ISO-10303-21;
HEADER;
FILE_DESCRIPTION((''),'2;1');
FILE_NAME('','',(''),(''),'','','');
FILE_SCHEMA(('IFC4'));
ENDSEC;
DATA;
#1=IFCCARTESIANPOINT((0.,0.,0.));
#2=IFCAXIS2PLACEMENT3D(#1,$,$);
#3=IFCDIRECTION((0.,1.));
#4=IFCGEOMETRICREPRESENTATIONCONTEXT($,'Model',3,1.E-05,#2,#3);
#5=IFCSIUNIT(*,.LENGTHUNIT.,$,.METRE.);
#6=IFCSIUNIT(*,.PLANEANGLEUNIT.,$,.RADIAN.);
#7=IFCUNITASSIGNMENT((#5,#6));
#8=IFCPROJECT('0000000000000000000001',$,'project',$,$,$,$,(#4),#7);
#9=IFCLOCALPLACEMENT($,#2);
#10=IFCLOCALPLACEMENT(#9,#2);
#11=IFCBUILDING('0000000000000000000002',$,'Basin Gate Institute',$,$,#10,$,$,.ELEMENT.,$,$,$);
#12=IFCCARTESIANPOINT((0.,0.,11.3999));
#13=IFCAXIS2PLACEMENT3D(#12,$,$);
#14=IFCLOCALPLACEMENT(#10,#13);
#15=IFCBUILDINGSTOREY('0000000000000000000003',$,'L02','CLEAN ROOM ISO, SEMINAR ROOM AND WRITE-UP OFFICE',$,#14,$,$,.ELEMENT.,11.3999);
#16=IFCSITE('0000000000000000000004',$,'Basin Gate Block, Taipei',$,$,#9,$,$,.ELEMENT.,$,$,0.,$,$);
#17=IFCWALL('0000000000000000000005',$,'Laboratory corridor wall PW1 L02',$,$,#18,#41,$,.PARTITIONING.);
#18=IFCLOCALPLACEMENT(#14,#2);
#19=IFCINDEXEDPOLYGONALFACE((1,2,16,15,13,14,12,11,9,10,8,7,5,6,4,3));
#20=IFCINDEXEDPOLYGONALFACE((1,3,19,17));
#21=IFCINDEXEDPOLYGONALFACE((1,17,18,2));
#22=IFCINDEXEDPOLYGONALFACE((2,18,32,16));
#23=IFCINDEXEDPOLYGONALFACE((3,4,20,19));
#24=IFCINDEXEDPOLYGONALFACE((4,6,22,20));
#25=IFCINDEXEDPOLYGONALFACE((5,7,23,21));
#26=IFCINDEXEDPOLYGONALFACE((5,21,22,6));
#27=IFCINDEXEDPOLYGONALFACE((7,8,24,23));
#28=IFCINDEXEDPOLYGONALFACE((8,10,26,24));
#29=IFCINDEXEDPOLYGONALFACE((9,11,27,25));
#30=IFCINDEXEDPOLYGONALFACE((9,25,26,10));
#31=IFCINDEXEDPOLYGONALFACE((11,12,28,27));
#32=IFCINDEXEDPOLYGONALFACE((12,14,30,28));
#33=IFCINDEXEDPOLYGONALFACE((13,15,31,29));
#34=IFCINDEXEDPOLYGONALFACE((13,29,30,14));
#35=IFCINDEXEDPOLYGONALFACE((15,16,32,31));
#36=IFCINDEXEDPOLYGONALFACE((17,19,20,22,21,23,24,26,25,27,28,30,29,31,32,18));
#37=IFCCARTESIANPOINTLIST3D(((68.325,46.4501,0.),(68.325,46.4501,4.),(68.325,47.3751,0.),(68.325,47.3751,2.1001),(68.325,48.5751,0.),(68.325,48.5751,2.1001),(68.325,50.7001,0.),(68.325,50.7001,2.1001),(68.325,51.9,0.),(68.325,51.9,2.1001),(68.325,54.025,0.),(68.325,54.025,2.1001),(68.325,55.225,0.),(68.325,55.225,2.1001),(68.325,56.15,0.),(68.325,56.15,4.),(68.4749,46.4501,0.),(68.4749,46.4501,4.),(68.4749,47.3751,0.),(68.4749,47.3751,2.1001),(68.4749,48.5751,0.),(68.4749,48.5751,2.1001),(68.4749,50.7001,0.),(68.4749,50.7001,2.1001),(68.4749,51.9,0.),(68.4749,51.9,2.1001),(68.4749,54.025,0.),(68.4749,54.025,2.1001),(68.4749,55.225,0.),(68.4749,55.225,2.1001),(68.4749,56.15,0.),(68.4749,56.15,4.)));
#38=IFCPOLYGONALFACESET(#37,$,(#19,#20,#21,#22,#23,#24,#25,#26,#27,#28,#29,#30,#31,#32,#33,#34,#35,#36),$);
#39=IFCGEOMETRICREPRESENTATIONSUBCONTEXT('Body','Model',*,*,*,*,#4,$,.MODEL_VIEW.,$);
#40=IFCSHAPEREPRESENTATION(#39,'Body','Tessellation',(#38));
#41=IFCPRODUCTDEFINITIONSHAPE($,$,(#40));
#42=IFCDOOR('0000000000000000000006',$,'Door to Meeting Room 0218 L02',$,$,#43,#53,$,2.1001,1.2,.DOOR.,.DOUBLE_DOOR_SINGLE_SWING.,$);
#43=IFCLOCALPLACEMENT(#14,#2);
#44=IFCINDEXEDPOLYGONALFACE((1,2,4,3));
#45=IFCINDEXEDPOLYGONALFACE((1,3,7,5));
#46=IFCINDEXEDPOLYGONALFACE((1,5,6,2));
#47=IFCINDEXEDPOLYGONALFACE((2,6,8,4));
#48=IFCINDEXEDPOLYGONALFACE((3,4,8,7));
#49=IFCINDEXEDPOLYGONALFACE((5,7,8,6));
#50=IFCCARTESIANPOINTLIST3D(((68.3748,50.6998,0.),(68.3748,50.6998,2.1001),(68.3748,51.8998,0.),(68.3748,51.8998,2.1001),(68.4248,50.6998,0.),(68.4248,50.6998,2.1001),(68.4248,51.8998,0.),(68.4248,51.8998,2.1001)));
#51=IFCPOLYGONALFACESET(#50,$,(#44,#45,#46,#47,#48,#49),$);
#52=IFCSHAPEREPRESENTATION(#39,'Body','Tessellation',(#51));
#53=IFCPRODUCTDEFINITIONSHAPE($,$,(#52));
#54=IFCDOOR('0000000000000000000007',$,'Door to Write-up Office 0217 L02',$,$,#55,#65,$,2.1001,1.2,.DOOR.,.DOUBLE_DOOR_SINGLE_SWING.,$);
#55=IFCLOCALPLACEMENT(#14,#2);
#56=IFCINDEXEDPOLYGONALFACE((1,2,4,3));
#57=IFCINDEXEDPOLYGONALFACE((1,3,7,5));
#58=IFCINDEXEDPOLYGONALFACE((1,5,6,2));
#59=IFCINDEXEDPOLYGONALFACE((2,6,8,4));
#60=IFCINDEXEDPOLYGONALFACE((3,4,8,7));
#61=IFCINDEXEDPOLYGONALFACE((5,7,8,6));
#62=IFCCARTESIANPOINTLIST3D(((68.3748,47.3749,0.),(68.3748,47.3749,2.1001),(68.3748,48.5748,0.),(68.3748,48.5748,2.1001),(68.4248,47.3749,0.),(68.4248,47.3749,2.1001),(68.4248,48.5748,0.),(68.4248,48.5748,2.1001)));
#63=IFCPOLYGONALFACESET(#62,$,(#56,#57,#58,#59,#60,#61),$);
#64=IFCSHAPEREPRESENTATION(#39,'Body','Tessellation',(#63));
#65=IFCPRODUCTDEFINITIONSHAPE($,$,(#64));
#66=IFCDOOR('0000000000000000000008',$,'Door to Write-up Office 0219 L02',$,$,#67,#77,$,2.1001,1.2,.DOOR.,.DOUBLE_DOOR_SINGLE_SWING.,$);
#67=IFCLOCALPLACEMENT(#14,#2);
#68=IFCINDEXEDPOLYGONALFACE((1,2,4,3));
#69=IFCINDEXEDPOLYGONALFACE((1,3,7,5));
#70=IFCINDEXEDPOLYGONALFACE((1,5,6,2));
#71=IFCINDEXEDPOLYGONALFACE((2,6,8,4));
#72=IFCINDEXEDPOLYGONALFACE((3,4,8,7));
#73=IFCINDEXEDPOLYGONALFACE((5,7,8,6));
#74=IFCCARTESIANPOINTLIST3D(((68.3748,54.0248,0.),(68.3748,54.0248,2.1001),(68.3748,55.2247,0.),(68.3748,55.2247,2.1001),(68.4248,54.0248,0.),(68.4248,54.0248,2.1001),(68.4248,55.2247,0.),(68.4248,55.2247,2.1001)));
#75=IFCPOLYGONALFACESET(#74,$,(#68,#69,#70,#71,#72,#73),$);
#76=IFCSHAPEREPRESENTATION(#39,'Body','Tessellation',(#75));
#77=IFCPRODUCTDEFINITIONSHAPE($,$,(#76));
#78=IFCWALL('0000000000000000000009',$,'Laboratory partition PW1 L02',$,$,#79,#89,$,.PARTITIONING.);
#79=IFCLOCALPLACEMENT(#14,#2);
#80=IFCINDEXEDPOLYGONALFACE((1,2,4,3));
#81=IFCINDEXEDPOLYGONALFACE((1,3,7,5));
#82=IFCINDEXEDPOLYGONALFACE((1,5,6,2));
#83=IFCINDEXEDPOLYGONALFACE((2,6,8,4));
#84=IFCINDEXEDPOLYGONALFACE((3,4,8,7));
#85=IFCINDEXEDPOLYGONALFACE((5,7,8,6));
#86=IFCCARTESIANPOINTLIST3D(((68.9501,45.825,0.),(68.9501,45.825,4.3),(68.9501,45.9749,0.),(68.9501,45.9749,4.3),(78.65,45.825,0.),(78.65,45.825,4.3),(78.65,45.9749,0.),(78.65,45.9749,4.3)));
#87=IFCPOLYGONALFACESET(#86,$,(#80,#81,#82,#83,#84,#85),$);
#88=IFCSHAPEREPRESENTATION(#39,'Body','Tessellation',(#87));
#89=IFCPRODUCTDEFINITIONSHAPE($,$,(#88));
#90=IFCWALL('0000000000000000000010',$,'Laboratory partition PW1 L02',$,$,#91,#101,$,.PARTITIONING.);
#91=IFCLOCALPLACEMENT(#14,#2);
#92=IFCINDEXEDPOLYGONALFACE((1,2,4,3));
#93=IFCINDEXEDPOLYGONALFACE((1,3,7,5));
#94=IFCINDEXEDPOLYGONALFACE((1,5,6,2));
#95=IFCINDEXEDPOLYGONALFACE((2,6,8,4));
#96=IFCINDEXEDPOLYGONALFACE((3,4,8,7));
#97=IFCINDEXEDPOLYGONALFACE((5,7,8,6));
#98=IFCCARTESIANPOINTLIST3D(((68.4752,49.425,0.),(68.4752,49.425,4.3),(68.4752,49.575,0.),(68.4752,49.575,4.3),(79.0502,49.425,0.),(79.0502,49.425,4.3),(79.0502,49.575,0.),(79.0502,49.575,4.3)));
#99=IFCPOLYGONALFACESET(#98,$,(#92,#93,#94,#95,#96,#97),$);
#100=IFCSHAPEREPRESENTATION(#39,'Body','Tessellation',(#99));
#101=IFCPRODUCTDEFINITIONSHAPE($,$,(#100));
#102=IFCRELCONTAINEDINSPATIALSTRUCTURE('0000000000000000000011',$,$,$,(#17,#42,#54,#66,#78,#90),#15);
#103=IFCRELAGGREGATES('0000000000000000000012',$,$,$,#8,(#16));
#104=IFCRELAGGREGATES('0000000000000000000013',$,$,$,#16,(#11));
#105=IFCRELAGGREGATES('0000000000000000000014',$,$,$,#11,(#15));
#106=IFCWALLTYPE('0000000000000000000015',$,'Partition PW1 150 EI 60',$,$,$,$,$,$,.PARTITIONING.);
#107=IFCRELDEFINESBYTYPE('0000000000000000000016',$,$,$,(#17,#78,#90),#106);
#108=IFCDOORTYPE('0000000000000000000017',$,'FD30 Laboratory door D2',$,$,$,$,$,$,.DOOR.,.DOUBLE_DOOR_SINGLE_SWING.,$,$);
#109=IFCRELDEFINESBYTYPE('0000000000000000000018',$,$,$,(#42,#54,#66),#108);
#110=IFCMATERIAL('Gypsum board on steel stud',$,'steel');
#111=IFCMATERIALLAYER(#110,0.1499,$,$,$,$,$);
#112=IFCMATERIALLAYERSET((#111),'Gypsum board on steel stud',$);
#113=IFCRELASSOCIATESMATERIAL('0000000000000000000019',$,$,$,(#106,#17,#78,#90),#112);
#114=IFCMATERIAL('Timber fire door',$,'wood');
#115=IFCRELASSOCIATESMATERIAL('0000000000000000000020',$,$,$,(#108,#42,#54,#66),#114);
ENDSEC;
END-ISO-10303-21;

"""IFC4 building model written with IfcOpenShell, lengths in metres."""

from ifc_helpers import new_model, si_unit, direction, frame, frame_2d, origin, place, context, subcontext, project, spatial, rectangle, extrude, material, layer, layer_set, type_object, element, fill, save


model = new_model("IFC4")

# Units and contexts
model_context = context("Model", 3, precision=1e-05, world=origin(), true_north=direction((0.0, 1.0)))
body_context = subcontext(model_context, "Body", "Model", "MODEL_VIEW")
ifc_project = project(units=[si_unit("LENGTHUNIT", "METRE"), si_unit("PLANEANGLEUNIT", "RADIAN")], contexts=[model_context])

# Site, building, storey
site_placement = place(None, origin())
site = spatial("IfcSite", under=ifc_project, at=site_placement, Name="Basin Gate Block, Taipei", CompositionType="ELEMENT", RefElevation=0.0)
building_placement = place(site_placement, origin())
building = spatial("IfcBuilding", under=site, at=building_placement, Name="Basin Gate Institute", CompositionType="ELEMENT")
storey_placement = place(building_placement, frame((0.0, 0.0, 11.3999)))
storey = spatial("IfcBuildingStorey", under=building, at=storey_placement, Name="L02", Description="CLEAN ROOM ISO, SEMINAR ROOM AND WRITE-UP OFFICE", CompositionType="ELEMENT", Elevation=11.3999)

# Wall, openings, doors
ifc_material_1 = material(Name="Gypsum board on steel stud", Category="steel")
ifc_layer_1 = layer(ifc_material_1, 0.1499)
ifc_layer_set_1 = layer_set([ifc_layer_1], Name="Gypsum board on steel stud")
wall_type = type_object("IfcWallType", Name="Partition PW1 150 EI 60", PredefinedType="PARTITIONING", material=ifc_layer_set_1)
wall_1_placement = place(storey_placement, frame((68.3999, 46.45, 0.0), z_axis=(0.0, 0.0, 1.0), x_axis=(0.0, 1.0, 0.0)))
wall_1 = element("IfcWall", 1, at=wall_1_placement, inside=storey, type_object=wall_type, material=ifc_layer_set_1, Name="Laboratory corridor wall PW1 L02", PredefinedType="PARTITIONING", context=body_context, shape_type="SweptSolid", body=[
    extrude(rectangle(XDim=9.7, YDim=0.1499, at=frame_2d((4.8501, 0.0))), origin(), (0.0, 0.0, 1.0), 4.0),
])
opening_1_placement = place(wall_1_placement, frame((4.25, 0.0, 0.0)))
opening_1 = element("IfcOpeningElement", 2, at=opening_1_placement, cuts=wall_1, PredefinedType="OPENING", context=body_context, shape_type="SweptSolid", body=[
    extrude(rectangle(XDim=1.2, YDim=2.1001, at=frame_2d((0.6001, 1.05))), frame((0.0, 0.085, 0.0), z_axis=(0.0, -1.0, 0.0), x_axis=(1.0, 0.0, 0.0)), (0.0, 0.0, 1.0), 0.1699),
])
opening_2_placement = place(wall_1_placement, frame((0.925, 0.0, 0.0)))
opening_2 = element("IfcOpeningElement", 3, at=opening_2_placement, cuts=wall_1, PredefinedType="OPENING", context=body_context, shape_type="SweptSolid", body=[
    extrude(rectangle(XDim=1.2, YDim=2.1001, at=frame_2d((0.6001, 1.05))), frame((0.0, 0.085, 0.0), z_axis=(0.0, -1.0, 0.0), x_axis=(1.0, 0.0, 0.0)), (0.0, 0.0, 1.0), 0.1699),
])
opening_3_placement = place(wall_1_placement, frame((7.575, 0.0, 0.0)))
opening_3 = element("IfcOpeningElement", 4, at=opening_3_placement, cuts=wall_1, PredefinedType="OPENING", context=body_context, shape_type="SweptSolid", body=[
    extrude(rectangle(XDim=1.2, YDim=2.1001, at=frame_2d((0.6001, 1.05))), frame((0.0, 0.085, 0.0), z_axis=(0.0, -1.0, 0.0), x_axis=(1.0, 0.0, 0.0)), (0.0, 0.0, 1.0), 0.1699),
])
ifc_material_2 = material(Name="Timber fire door", Category="wood")
door_type = type_object("IfcDoorType", Name="FD30 Laboratory door D2", OperationType="DOUBLE_DOOR_SINGLE_SWING", PredefinedType="DOOR", material=ifc_material_2)
door_1_placement = place(opening_1_placement, frame((1.2, 0.0, 0.0), z_axis=(0.0, 0.0, 1.0), x_axis=(-1.0, 0.0, 0.0)))
door_1 = element("IfcDoor", 5, at=door_1_placement, inside=storey, type_object=door_type, material=ifc_material_2, Name="Door to Meeting Room 0218 L02", OperationType="DOUBLE_DOOR_SINGLE_SWING", OverallHeight=2.1001, OverallWidth=1.2, PredefinedType="DOOR", context=body_context, shape_type="SweptSolid", body=[
    extrude(rectangle(XDim=1.2, YDim=2.1001, at=frame_2d((0.6001, 1.05))), frame((0.0, 0.0249, 0.0), z_axis=(0.0, -1.0, 0.0), x_axis=(1.0, 0.0, 0.0)), (0.0, 0.0, 1.0), 0.05),
])
fill(opening_1, door_1)
door_2_placement = place(opening_2_placement, frame((1.2, 0.0, 0.0), z_axis=(0.0, 0.0, 1.0), x_axis=(-1.0, 0.0, 0.0)))
door_2 = element("IfcDoor", 6, at=door_2_placement, inside=storey, type_object=door_type, material=ifc_material_2, Name="Door to Write-up Office 0217 L02", OperationType="DOUBLE_DOOR_SINGLE_SWING", OverallHeight=2.1001, OverallWidth=1.2, PredefinedType="DOOR", context=body_context, shape_type="SweptSolid", body=[
    extrude(rectangle(XDim=1.2, YDim=2.1001, at=frame_2d((0.6001, 1.05))), frame((0.0, 0.0249, 0.0), z_axis=(0.0, -1.0, 0.0), x_axis=(1.0, 0.0, 0.0)), (0.0, 0.0, 1.0), 0.05),
])
fill(opening_2, door_2)
door_3_placement = place(opening_3_placement, frame((1.2, 0.0, 0.0), z_axis=(0.0, 0.0, 1.0), x_axis=(-1.0, 0.0, 0.0)))
door_3 = element("IfcDoor", 7, at=door_3_placement, inside=storey, type_object=door_type, material=ifc_material_2, Name="Door to Write-up Office 0219 L02", OperationType="DOUBLE_DOOR_SINGLE_SWING", OverallHeight=2.1001, OverallWidth=1.2, PredefinedType="DOOR", context=body_context, shape_type="SweptSolid", body=[
    extrude(rectangle(XDim=1.2, YDim=2.1001, at=frame_2d((0.6001, 1.05))), frame((0.0, 0.0249, 0.0), z_axis=(0.0, -1.0, 0.0), x_axis=(1.0, 0.0, 0.0)), (0.0, 0.0, 1.0), 0.05),
])
fill(opening_3, door_3)

# Walls
wall_2_placement = place(storey_placement, frame((68.95, 45.8999, 0.0), z_axis=(0.0, 0.0, 1.0), x_axis=(1.0, 0.0, 0.0)))
element("IfcWall", 8, at=wall_2_placement, inside=storey, type_object=wall_type, material=ifc_layer_set_1, Name="Laboratory partition PW1 L02", PredefinedType="PARTITIONING", context=body_context, shape_type="SweptSolid", body=[
    extrude(rectangle(XDim=9.7, YDim=0.1499, at=frame_2d((4.8501, 0.0))), origin(), (0.0, 0.0, 1.0), 4.3),
])
wall_3_placement = place(storey_placement, frame((68.4751, 49.5, 0.0), z_axis=(0.0, 0.0, 1.0), x_axis=(1.0, 0.0, 0.0)))
element("IfcWall", 9, at=wall_3_placement, inside=storey, type_object=wall_type, material=ifc_layer_set_1, Name="Laboratory partition PW1 L02", PredefinedType="PARTITIONING", context=body_context, shape_type="SweptSolid", body=[
    extrude(rectangle(XDim=10.575, YDim=0.1499, at=frame_2d((5.2876, 0.0))), origin(), (0.0, 0.0, 1.0), 4.3),
])

save(model, "model.ifc")
